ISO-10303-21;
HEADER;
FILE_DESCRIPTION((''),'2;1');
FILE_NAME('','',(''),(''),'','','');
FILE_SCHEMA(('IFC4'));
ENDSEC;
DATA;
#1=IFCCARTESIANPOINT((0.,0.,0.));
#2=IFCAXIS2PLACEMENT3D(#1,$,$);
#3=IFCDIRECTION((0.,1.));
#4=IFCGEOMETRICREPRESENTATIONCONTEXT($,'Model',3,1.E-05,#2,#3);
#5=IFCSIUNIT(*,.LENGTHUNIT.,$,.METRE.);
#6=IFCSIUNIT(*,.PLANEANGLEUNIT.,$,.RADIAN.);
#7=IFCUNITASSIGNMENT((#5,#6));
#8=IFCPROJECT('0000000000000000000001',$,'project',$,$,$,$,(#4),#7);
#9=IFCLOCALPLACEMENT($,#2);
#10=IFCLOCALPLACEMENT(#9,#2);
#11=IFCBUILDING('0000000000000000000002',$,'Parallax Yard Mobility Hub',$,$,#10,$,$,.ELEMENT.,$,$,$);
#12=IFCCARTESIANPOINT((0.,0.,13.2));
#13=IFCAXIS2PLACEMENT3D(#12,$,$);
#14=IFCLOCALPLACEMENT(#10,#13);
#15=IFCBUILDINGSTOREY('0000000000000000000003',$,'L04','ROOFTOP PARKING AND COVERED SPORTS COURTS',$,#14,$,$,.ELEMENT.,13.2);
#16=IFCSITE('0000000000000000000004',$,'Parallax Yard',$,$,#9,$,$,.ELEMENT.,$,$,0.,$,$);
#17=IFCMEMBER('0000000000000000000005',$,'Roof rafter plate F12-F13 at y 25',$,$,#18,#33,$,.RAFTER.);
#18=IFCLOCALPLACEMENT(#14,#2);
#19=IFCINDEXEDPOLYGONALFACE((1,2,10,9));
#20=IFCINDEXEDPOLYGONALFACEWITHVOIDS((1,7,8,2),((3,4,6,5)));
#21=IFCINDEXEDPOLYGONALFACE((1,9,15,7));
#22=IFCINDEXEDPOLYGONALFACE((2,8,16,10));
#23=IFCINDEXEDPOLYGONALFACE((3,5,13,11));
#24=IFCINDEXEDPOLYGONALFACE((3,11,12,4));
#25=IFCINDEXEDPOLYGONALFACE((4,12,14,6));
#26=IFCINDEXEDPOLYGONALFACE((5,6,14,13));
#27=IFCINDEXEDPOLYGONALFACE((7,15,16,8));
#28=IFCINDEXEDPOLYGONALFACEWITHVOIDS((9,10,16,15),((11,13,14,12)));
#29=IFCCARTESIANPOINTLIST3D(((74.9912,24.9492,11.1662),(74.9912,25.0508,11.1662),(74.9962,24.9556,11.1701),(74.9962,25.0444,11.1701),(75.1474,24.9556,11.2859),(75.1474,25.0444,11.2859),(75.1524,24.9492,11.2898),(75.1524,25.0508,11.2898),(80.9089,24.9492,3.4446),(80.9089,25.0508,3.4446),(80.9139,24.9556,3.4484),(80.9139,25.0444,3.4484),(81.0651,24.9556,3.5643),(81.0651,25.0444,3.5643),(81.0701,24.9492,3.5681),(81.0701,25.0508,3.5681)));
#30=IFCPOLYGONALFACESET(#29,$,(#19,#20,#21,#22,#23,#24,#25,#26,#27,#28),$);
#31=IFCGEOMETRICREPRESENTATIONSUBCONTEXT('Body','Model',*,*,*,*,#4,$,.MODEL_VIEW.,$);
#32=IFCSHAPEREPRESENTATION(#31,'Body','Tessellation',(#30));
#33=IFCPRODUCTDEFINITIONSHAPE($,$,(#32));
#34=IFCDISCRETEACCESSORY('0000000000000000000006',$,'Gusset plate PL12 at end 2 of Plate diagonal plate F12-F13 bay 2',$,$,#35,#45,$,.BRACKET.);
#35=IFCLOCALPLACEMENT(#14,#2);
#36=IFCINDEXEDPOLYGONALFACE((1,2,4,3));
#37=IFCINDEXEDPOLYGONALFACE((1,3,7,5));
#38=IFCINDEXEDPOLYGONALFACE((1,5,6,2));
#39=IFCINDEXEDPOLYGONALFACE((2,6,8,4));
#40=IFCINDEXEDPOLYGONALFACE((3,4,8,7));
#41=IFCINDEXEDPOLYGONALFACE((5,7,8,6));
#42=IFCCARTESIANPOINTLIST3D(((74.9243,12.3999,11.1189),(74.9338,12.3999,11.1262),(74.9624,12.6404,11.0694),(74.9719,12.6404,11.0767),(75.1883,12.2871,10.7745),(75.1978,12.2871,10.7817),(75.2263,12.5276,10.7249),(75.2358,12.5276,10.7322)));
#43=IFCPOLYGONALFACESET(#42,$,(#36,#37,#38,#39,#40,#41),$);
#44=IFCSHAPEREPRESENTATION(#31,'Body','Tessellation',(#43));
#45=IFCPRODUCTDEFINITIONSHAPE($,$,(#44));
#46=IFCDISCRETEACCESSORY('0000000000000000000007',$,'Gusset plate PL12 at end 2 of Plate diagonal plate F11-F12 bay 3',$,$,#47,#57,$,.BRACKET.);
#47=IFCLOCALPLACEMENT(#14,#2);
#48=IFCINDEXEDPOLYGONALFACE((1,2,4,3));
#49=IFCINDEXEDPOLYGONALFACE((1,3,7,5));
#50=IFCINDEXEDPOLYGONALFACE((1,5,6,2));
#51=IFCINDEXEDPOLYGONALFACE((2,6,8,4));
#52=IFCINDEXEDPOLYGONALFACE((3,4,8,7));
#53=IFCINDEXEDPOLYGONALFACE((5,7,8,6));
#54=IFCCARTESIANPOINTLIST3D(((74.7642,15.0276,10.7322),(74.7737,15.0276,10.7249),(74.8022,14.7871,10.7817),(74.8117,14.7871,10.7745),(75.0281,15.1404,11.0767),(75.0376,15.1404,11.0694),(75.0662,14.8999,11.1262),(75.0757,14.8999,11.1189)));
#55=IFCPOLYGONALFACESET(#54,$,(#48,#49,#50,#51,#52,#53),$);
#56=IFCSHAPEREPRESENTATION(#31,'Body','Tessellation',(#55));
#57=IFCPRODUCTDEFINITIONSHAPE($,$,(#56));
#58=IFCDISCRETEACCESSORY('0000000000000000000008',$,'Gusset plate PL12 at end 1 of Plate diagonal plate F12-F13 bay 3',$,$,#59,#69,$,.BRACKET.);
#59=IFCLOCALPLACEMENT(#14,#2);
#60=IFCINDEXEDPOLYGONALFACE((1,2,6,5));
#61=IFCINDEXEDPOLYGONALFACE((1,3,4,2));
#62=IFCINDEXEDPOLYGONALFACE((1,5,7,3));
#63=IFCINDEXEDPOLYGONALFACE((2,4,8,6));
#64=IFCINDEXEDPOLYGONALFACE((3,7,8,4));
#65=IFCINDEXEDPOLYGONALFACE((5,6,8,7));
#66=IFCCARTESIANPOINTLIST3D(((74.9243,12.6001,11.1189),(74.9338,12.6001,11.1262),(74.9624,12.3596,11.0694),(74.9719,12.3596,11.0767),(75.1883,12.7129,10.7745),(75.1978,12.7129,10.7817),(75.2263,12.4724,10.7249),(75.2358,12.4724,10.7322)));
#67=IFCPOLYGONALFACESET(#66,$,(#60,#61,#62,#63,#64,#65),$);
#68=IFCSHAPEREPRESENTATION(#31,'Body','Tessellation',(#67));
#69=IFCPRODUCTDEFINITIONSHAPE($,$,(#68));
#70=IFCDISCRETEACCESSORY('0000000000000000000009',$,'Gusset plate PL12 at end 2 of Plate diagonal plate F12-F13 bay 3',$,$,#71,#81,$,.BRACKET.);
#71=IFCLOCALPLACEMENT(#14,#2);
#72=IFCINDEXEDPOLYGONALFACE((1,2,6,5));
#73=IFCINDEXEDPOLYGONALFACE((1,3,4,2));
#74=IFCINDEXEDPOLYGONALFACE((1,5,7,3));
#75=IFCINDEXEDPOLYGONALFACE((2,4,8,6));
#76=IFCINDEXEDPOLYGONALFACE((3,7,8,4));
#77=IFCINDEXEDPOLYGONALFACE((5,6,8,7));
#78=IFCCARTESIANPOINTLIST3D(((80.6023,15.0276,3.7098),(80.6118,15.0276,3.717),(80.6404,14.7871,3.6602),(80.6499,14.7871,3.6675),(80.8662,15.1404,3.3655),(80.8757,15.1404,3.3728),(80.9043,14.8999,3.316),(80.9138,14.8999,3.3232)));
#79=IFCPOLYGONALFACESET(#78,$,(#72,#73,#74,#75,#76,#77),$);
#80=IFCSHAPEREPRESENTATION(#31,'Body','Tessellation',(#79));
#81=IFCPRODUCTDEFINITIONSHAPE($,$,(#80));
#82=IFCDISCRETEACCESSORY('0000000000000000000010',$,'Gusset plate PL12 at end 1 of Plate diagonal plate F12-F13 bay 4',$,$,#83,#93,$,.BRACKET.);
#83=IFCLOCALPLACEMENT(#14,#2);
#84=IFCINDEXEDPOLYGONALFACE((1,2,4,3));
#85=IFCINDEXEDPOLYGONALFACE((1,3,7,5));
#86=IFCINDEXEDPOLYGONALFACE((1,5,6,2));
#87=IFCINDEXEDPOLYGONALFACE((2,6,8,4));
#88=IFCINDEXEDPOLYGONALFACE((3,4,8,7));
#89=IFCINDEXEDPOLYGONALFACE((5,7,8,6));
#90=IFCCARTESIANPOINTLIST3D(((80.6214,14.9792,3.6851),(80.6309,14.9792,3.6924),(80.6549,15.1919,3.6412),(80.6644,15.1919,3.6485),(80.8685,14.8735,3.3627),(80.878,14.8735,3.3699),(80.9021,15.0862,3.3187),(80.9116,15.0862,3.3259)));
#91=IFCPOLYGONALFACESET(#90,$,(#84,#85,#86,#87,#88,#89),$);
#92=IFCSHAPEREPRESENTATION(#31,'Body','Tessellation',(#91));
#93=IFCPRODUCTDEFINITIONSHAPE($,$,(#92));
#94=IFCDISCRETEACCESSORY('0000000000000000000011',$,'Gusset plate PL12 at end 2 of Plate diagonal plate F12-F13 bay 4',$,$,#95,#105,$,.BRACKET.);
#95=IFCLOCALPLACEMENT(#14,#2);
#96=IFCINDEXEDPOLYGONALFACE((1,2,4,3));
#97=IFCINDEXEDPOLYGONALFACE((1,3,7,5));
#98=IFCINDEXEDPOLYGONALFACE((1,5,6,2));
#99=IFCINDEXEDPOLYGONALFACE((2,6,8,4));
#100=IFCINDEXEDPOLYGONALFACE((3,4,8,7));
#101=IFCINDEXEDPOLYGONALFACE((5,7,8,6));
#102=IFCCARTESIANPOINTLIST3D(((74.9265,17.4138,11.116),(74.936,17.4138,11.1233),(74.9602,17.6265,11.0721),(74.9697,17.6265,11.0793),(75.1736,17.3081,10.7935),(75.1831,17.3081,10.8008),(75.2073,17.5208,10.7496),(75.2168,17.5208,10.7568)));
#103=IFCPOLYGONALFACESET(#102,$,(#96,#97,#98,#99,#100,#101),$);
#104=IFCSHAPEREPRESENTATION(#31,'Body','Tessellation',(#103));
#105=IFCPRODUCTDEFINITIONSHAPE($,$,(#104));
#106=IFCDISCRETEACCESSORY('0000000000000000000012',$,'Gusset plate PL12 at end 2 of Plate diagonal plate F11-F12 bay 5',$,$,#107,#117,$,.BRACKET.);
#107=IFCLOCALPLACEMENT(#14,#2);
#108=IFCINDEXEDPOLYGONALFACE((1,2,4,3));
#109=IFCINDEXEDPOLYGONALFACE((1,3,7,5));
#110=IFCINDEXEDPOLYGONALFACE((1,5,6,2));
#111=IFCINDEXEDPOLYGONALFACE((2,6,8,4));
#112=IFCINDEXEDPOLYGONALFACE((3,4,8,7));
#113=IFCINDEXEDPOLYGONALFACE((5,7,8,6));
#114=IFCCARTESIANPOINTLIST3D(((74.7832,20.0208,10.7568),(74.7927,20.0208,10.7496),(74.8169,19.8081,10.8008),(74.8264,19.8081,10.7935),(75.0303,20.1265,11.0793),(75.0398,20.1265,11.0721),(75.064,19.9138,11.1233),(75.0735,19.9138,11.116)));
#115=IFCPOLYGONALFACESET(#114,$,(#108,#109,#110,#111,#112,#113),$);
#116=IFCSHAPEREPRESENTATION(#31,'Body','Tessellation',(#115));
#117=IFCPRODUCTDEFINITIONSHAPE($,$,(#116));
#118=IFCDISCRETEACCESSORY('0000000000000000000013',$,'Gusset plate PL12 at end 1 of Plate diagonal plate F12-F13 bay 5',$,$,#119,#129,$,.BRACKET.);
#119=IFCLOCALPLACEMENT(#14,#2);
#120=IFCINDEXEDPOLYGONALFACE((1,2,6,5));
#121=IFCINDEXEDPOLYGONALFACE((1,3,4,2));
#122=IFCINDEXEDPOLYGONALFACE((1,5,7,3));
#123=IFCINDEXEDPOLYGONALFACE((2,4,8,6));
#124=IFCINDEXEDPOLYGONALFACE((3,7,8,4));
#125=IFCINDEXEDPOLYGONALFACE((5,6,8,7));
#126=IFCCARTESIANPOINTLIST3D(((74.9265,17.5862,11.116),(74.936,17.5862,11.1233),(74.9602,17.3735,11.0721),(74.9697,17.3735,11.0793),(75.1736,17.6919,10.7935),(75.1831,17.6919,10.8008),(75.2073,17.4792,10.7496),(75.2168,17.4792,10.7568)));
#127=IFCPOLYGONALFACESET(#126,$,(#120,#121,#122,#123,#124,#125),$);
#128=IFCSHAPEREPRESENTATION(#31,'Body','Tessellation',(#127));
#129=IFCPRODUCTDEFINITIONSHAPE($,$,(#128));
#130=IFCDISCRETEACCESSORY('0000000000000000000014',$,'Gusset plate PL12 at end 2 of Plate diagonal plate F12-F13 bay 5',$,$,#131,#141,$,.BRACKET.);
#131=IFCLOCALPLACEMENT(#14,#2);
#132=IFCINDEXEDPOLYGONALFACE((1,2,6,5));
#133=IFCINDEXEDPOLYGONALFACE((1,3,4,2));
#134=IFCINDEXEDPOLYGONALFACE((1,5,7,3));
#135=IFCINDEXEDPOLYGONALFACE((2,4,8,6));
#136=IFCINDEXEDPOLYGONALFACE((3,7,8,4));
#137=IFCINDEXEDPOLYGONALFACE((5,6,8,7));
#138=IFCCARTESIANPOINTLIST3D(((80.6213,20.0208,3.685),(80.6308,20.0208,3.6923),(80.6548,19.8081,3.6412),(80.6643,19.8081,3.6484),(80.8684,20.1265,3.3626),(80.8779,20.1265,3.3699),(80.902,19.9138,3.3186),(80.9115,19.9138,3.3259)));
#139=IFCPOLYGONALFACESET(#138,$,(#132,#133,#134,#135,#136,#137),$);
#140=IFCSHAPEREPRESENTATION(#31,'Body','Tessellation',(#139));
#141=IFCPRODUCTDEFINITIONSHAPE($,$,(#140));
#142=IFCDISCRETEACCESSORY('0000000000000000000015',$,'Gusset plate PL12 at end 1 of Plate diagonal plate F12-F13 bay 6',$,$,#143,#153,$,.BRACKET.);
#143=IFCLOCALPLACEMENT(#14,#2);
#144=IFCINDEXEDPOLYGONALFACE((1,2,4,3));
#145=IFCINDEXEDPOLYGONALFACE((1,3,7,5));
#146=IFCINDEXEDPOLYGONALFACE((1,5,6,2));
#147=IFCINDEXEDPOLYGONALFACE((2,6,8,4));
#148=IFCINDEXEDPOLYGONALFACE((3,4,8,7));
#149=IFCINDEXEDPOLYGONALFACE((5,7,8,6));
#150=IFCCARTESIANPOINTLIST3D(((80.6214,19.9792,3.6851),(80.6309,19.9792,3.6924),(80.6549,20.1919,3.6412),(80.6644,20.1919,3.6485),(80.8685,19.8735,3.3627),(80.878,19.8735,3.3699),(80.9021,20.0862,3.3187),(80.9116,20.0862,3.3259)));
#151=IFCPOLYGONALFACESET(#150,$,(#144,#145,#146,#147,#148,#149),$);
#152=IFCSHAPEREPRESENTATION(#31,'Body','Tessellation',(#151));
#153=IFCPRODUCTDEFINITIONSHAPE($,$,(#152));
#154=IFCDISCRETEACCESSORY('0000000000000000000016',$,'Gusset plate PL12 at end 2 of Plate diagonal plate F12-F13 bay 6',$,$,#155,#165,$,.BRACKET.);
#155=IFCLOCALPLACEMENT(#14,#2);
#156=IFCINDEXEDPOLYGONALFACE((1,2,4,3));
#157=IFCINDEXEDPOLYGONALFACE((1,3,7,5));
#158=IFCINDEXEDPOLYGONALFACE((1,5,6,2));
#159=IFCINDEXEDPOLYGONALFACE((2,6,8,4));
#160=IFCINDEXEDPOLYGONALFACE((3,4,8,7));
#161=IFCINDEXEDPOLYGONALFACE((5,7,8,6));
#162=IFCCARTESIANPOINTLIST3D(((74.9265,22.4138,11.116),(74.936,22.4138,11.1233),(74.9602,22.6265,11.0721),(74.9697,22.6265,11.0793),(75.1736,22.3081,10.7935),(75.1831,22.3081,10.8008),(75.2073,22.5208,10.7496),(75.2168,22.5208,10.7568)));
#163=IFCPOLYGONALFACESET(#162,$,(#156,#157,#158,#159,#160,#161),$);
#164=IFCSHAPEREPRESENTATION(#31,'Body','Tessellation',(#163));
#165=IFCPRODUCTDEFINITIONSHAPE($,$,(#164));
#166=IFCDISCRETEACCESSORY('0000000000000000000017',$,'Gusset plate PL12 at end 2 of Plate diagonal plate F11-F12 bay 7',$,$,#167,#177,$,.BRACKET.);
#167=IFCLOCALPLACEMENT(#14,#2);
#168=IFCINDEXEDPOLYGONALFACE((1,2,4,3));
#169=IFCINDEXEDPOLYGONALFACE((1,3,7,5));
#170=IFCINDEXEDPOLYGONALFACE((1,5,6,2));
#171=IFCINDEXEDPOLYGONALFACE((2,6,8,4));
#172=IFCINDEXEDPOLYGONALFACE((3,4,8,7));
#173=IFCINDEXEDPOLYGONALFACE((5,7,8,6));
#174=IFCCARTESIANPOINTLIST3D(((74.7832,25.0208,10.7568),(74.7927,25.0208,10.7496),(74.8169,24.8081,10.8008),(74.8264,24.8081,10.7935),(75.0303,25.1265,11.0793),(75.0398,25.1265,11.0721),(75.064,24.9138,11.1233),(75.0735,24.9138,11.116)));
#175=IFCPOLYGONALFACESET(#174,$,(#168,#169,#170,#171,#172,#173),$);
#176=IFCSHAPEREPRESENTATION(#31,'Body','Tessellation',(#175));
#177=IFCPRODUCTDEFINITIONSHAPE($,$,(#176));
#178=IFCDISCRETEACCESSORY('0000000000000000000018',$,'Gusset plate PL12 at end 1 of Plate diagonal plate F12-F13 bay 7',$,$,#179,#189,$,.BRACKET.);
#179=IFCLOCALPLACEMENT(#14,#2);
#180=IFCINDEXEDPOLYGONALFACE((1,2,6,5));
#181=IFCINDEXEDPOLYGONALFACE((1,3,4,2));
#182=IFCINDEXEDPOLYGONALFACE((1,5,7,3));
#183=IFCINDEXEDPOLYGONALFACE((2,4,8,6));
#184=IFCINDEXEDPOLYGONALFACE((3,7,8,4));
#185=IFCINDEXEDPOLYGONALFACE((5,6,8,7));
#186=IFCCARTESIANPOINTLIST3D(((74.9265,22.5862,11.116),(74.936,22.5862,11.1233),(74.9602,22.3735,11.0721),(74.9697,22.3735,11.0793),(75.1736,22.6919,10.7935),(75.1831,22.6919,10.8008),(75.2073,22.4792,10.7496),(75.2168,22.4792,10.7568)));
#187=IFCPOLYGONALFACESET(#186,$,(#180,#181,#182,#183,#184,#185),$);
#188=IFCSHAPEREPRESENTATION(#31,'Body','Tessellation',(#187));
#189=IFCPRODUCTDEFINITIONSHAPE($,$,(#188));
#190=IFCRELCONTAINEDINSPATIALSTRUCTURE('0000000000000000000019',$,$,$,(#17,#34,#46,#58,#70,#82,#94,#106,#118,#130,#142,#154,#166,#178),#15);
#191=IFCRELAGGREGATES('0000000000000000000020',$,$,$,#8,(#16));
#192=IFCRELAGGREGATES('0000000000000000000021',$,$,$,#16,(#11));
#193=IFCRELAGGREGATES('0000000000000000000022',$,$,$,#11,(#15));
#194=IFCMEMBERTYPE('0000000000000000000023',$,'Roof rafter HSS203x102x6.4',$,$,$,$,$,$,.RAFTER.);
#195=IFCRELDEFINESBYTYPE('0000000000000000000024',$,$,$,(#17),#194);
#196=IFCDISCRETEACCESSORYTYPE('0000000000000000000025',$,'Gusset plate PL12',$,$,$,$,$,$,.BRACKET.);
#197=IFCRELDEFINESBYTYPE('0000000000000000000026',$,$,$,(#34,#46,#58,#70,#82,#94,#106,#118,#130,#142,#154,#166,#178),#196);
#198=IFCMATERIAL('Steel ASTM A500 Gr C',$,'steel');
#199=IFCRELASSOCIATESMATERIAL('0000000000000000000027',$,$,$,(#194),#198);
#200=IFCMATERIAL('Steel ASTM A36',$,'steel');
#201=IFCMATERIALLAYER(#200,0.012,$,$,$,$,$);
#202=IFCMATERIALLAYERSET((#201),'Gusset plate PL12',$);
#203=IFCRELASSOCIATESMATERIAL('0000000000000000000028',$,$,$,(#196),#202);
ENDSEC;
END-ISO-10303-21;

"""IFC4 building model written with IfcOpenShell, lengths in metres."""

from ifc_helpers import new_model, si_unit, direction, frame, origin, origin_2d, place, context, subcontext, project, spatial, polyline, hollow_rectangle, outline, extrude, material, layer, layer_set, material_profile, profile_set, type_object, element, save


model = new_model("IFC4")

# Units and contexts
model_context = context("Model", 3, precision=1e-05, world=origin(), true_north=direction((0.0, 1.0)))
body_context = subcontext(model_context, "Body", "Model", "MODEL_VIEW")
ifc_project = project(units=[si_unit("LENGTHUNIT", "METRE"), si_unit("PLANEANGLEUNIT", "RADIAN")], contexts=[model_context])

# Site, building, storey
site_placement = place(None, origin())
site = spatial("IfcSite", under=ifc_project, at=site_placement, Name="Parallax Yard", CompositionType="ELEMENT", RefElevation=0.0)
building_placement = place(site_placement, origin())
building = spatial("IfcBuilding", under=site, at=building_placement, Name="Parallax Yard Mobility Hub", CompositionType="ELEMENT")
storey_placement = place(building_placement, frame((0.0, 0.0, 13.2)))
storey = spatial("IfcBuildingStorey", under=building, at=storey_placement, Name="L04", Description="ROOFTOP PARKING AND COVERED SPORTS COURTS", CompositionType="ELEMENT", Elevation=13.2)

# Member
ifc_material_1 = material(Name="Steel ASTM A500 Gr C", Category="steel")
ifc_material_profile_1 = material_profile(ifc_material_1, hollow_rectangle(XDim=0.1016, YDim=0.2031, WallThickness=0.0063, at=origin_2d()), Name="HSS203x102x6.4")
ifc_profile_set_1 = profile_set([ifc_material_profile_1], Name="Steel ASTM A500 Gr C")
member_type_1 = type_object("IfcMemberType", Name="Roof rafter HSS203x102x6.4", PredefinedType="RAFTER", material=ifc_profile_set_1)
for number, where, z_axis, x_axis, name in (
    (1, (75.0718, 25.0, 11.228), (0.608287, 0.0, -0.793717), (0.0, 1.0, 0.0), "Roof rafter plate F12-F13 at y 25"),
):
    element("IfcMember", number, at=place(storey_placement, frame(where, z_axis=z_axis, x_axis=x_axis)), inside=storey, type_object=member_type_1, Name=name, PredefinedType="RAFTER", context=body_context, shape_type="SweptSolid", body=[
        extrude(hollow_rectangle(XDim=0.1016, YDim=0.2031, WallThickness=0.0063, at=origin_2d()), origin(), (0.0, 0.0, 1.0), 9.7285),
    ])

# Discrete accessories
ifc_material_2 = material(Name="Steel ASTM A36", Category="steel")
ifc_layer = layer(ifc_material_2, 0.012)
ifc_layer_set = layer_set([ifc_layer], Name="Gusset plate PL12")
discrete_accessory_type = type_object("IfcDiscreteAccessoryType", Name="Gusset plate PL12", PredefinedType="BRACKET", material=ifc_layer_set)
discrete_accessory_1_placement = place(storey_placement, frame((75.2358, 12.5276, 10.7322), z_axis=(0.793758, -0.00036, 0.608234), x_axis=(-0.588603, 0.251558, 0.768287)))
element("IfcDiscreteAccessory", 2, at=discrete_accessory_1_placement, inside=storey, type_object=discrete_accessory_type, Name="Gusset plate PL12 at end 2 of Plate diagonal plate F12-F13 bay 2", PredefinedType="BRACKET", context=body_context, shape_type="SweptSolid", body=[
    extrude(outline(polyline([(0.0, 0.0), (0.4484, 0.0), (0.4484, 0.2485), (0.0, 0.2485), (0.0, 0.0)])), origin(), (0.0, 0.0, -1.0), 0.012),
])
for number, where, z_axis, x_axis, name in (
    (3, (74.8022, 14.7871, 10.7817), (-0.793758, -0.00036, 0.608234), (0.588603, 0.251558, 0.768287), "Gusset plate PL12 at end 2 of Plate diagonal plate F11-F12 bay 3"),
    (4, (75.1978, 12.7129, 10.7817), (0.793758, 0.00036, 0.608234), (-0.588603, -0.251558, 0.768287), "Gusset plate PL12 at end 1 of Plate diagonal plate F12-F13 bay 3"),
):
    element("IfcDiscreteAccessory", number, at=place(storey_placement, frame(where, z_axis=z_axis, x_axis=x_axis)), inside=storey, type_object=discrete_accessory_type, Name=name, PredefinedType="BRACKET", context=body_context, shape_type="SweptSolid", body=[
        extrude(outline(polyline([(0.0, 0.0), (0.4484, 0.0), (0.4484, 0.2485), (0.0, 0.2485), (0.0, 0.0)])), origin(), (0.0, 0.0, -1.0), 0.012),
    ])
discrete_accessory_2_placement = place(storey_placement, frame((80.6499, 14.7871, 3.6675), z_axis=(0.793563, 0.000277, 0.608489), x_axis=(0.588849, 0.251664, -0.768064)))
element("IfcDiscreteAccessory", 5, at=discrete_accessory_2_placement, inside=storey, type_object=discrete_accessory_type, Name="Gusset plate PL12 at end 2 of Plate diagonal plate F12-F13 bay 3", PredefinedType="BRACKET", context=body_context, shape_type="SweptSolid", body=[
    extrude(outline(polyline([(0.0, 0.0), (0.4482, 0.0), (0.4482, 0.2485), (0.0, 0.2485), (0.0, 0.0)])), origin(), (0.0, 0.0, -1.0), 0.012),
])
discrete_accessory_3_placement = place(storey_placement, frame((80.6309, 14.9792, 3.6924), z_axis=(0.793746, 0.000396, 0.608249), x_axis=(0.588727, -0.251818, -0.768107)))
element("IfcDiscreteAccessory", 6, at=discrete_accessory_3_placement, inside=storey, type_object=discrete_accessory_type, Name="Gusset plate PL12 at end 1 of Plate diagonal plate F12-F13 bay 4", PredefinedType="BRACKET", context=body_context, shape_type="SweptSolid", body=[
    extrude(outline(polyline([(0.0, 0.0), (0.4198, 0.0), (0.4198, 0.2197), (-0.0001, 0.2197), (0.0, 0.0)])), origin(), (0.0, 0.0, -1.0), 0.012),
])
discrete_accessory_4_placement = place(storey_placement, frame((75.2168, 17.5208, 10.7568), z_axis=(0.793815, -0.000089, 0.60816), x_axis=(-0.588544, 0.251818, 0.768247)))
element("IfcDiscreteAccessory", 7, at=discrete_accessory_4_placement, inside=storey, type_object=discrete_accessory_type, Name="Gusset plate PL12 at end 2 of Plate diagonal plate F12-F13 bay 4", PredefinedType="BRACKET", context=body_context, shape_type="SweptSolid", body=[
    extrude(outline(polyline([(0.0, 0.0), (0.4198, 0.0), (0.4198, 0.2197), (0.0, 0.2197), (0.0, 0.0)])), origin(), (0.0, 0.0, -1.0), 0.012),
])
for number, where, z_axis, x_axis, name in (
    (8, (74.8169, 19.8081, 10.8008), (-0.793815, -0.000089, 0.60816), (0.588544, 0.251818, 0.768247), "Gusset plate PL12 at end 2 of Plate diagonal plate F11-F12 bay 5"),
    (9, (75.1831, 17.6919, 10.8008), (0.793815, 0.000089, 0.60816), (-0.588544, -0.251818, 0.768247), "Gusset plate PL12 at end 1 of Plate diagonal plate F12-F13 bay 5"),
):
    element("IfcDiscreteAccessory", number, at=place(storey_placement, frame(where, z_axis=z_axis, x_axis=x_axis)), inside=storey, type_object=discrete_accessory_type, Name=name, PredefinedType="BRACKET", context=body_context, shape_type="SweptSolid", body=[
        extrude(outline(polyline([(0.0, 0.0), (0.4198, 0.0), (0.4198, 0.2197), (0.0, 0.2197), (0.0, 0.0)])), origin(), (0.0, 0.0, -1.0), 0.012),
    ])
discrete_accessory_5_placement = place(storey_placement, frame((80.6643, 19.8081, 3.6484), z_axis=(0.793746, -0.000396, 0.608249), x_axis=(0.588741, 0.251732, -0.768125)))
element("IfcDiscreteAccessory", 10, at=discrete_accessory_5_placement, inside=storey, type_object=discrete_accessory_type, Name="Gusset plate PL12 at end 2 of Plate diagonal plate F12-F13 bay 5", PredefinedType="BRACKET", context=body_context, shape_type="SweptSolid", body=[
    extrude(outline(polyline([(0.0, 0.0), (0.4199, 0.0), (0.4199, 0.2197), (0.0001, 0.2197), (0.0, 0.0)])), origin(), (0.0, 0.0, -1.0), 0.012),
])
discrete_accessory_6_placement = place(storey_placement, frame((80.6309, 19.9792, 3.6924), z_axis=(0.793746, 0.000396, 0.608249), x_axis=(0.588727, -0.251818, -0.768107)))
element("IfcDiscreteAccessory", 11, at=discrete_accessory_6_placement, inside=storey, type_object=discrete_accessory_type, Name="Gusset plate PL12 at end 1 of Plate diagonal plate F12-F13 bay 6", PredefinedType="BRACKET", context=body_context, shape_type="SweptSolid", body=[
    extrude(outline(polyline([(0.0, 0.0), (0.4198, 0.0), (0.4198, 0.2197), (-0.0001, 0.2197), (0.0, 0.0)])), origin(), (0.0, 0.0, -1.0), 0.012),
])
discrete_accessory_7_placement = place(storey_placement, frame((75.2168, 22.5208, 10.7568), z_axis=(0.793815, -0.000089, 0.60816), x_axis=(-0.588544, 0.251818, 0.768247)))
element("IfcDiscreteAccessory", 12, at=discrete_accessory_7_placement, inside=storey, type_object=discrete_accessory_type, Name="Gusset plate PL12 at end 2 of Plate diagonal plate F12-F13 bay 6", PredefinedType="BRACKET", context=body_context, shape_type="SweptSolid", body=[
    extrude(outline(polyline([(0.0, 0.0), (0.4198, 0.0), (0.4198, 0.2197), (0.0, 0.2197), (0.0, 0.0)])), origin(), (0.0, 0.0, -1.0), 0.012),
])
for number, where, z_axis, x_axis, name in (
    (13, (74.8169, 24.8081, 10.8008), (-0.793815, -0.000089, 0.60816), (0.588544, 0.251818, 0.768247), "Gusset plate PL12 at end 2 of Plate diagonal plate F11-F12 bay 7"),
    (14, (75.1831, 22.6919, 10.8008), (0.793815, 0.000089, 0.60816), (-0.588544, -0.251818, 0.768247), "Gusset plate PL12 at end 1 of Plate diagonal plate F12-F13 bay 7"),
):
    element("IfcDiscreteAccessory", number, at=place(storey_placement, frame(where, z_axis=z_axis, x_axis=x_axis)), inside=storey, type_object=discrete_accessory_type, Name=name, PredefinedType="BRACKET", context=body_context, shape_type="SweptSolid", body=[
        extrude(outline(polyline([(0.0, 0.0), (0.4198, 0.0), (0.4198, 0.2197), (0.0, 0.2197), (0.0, 0.0)])), origin(), (0.0, 0.0, -1.0), 0.012),
    ])

save(model, "model.ifc")
